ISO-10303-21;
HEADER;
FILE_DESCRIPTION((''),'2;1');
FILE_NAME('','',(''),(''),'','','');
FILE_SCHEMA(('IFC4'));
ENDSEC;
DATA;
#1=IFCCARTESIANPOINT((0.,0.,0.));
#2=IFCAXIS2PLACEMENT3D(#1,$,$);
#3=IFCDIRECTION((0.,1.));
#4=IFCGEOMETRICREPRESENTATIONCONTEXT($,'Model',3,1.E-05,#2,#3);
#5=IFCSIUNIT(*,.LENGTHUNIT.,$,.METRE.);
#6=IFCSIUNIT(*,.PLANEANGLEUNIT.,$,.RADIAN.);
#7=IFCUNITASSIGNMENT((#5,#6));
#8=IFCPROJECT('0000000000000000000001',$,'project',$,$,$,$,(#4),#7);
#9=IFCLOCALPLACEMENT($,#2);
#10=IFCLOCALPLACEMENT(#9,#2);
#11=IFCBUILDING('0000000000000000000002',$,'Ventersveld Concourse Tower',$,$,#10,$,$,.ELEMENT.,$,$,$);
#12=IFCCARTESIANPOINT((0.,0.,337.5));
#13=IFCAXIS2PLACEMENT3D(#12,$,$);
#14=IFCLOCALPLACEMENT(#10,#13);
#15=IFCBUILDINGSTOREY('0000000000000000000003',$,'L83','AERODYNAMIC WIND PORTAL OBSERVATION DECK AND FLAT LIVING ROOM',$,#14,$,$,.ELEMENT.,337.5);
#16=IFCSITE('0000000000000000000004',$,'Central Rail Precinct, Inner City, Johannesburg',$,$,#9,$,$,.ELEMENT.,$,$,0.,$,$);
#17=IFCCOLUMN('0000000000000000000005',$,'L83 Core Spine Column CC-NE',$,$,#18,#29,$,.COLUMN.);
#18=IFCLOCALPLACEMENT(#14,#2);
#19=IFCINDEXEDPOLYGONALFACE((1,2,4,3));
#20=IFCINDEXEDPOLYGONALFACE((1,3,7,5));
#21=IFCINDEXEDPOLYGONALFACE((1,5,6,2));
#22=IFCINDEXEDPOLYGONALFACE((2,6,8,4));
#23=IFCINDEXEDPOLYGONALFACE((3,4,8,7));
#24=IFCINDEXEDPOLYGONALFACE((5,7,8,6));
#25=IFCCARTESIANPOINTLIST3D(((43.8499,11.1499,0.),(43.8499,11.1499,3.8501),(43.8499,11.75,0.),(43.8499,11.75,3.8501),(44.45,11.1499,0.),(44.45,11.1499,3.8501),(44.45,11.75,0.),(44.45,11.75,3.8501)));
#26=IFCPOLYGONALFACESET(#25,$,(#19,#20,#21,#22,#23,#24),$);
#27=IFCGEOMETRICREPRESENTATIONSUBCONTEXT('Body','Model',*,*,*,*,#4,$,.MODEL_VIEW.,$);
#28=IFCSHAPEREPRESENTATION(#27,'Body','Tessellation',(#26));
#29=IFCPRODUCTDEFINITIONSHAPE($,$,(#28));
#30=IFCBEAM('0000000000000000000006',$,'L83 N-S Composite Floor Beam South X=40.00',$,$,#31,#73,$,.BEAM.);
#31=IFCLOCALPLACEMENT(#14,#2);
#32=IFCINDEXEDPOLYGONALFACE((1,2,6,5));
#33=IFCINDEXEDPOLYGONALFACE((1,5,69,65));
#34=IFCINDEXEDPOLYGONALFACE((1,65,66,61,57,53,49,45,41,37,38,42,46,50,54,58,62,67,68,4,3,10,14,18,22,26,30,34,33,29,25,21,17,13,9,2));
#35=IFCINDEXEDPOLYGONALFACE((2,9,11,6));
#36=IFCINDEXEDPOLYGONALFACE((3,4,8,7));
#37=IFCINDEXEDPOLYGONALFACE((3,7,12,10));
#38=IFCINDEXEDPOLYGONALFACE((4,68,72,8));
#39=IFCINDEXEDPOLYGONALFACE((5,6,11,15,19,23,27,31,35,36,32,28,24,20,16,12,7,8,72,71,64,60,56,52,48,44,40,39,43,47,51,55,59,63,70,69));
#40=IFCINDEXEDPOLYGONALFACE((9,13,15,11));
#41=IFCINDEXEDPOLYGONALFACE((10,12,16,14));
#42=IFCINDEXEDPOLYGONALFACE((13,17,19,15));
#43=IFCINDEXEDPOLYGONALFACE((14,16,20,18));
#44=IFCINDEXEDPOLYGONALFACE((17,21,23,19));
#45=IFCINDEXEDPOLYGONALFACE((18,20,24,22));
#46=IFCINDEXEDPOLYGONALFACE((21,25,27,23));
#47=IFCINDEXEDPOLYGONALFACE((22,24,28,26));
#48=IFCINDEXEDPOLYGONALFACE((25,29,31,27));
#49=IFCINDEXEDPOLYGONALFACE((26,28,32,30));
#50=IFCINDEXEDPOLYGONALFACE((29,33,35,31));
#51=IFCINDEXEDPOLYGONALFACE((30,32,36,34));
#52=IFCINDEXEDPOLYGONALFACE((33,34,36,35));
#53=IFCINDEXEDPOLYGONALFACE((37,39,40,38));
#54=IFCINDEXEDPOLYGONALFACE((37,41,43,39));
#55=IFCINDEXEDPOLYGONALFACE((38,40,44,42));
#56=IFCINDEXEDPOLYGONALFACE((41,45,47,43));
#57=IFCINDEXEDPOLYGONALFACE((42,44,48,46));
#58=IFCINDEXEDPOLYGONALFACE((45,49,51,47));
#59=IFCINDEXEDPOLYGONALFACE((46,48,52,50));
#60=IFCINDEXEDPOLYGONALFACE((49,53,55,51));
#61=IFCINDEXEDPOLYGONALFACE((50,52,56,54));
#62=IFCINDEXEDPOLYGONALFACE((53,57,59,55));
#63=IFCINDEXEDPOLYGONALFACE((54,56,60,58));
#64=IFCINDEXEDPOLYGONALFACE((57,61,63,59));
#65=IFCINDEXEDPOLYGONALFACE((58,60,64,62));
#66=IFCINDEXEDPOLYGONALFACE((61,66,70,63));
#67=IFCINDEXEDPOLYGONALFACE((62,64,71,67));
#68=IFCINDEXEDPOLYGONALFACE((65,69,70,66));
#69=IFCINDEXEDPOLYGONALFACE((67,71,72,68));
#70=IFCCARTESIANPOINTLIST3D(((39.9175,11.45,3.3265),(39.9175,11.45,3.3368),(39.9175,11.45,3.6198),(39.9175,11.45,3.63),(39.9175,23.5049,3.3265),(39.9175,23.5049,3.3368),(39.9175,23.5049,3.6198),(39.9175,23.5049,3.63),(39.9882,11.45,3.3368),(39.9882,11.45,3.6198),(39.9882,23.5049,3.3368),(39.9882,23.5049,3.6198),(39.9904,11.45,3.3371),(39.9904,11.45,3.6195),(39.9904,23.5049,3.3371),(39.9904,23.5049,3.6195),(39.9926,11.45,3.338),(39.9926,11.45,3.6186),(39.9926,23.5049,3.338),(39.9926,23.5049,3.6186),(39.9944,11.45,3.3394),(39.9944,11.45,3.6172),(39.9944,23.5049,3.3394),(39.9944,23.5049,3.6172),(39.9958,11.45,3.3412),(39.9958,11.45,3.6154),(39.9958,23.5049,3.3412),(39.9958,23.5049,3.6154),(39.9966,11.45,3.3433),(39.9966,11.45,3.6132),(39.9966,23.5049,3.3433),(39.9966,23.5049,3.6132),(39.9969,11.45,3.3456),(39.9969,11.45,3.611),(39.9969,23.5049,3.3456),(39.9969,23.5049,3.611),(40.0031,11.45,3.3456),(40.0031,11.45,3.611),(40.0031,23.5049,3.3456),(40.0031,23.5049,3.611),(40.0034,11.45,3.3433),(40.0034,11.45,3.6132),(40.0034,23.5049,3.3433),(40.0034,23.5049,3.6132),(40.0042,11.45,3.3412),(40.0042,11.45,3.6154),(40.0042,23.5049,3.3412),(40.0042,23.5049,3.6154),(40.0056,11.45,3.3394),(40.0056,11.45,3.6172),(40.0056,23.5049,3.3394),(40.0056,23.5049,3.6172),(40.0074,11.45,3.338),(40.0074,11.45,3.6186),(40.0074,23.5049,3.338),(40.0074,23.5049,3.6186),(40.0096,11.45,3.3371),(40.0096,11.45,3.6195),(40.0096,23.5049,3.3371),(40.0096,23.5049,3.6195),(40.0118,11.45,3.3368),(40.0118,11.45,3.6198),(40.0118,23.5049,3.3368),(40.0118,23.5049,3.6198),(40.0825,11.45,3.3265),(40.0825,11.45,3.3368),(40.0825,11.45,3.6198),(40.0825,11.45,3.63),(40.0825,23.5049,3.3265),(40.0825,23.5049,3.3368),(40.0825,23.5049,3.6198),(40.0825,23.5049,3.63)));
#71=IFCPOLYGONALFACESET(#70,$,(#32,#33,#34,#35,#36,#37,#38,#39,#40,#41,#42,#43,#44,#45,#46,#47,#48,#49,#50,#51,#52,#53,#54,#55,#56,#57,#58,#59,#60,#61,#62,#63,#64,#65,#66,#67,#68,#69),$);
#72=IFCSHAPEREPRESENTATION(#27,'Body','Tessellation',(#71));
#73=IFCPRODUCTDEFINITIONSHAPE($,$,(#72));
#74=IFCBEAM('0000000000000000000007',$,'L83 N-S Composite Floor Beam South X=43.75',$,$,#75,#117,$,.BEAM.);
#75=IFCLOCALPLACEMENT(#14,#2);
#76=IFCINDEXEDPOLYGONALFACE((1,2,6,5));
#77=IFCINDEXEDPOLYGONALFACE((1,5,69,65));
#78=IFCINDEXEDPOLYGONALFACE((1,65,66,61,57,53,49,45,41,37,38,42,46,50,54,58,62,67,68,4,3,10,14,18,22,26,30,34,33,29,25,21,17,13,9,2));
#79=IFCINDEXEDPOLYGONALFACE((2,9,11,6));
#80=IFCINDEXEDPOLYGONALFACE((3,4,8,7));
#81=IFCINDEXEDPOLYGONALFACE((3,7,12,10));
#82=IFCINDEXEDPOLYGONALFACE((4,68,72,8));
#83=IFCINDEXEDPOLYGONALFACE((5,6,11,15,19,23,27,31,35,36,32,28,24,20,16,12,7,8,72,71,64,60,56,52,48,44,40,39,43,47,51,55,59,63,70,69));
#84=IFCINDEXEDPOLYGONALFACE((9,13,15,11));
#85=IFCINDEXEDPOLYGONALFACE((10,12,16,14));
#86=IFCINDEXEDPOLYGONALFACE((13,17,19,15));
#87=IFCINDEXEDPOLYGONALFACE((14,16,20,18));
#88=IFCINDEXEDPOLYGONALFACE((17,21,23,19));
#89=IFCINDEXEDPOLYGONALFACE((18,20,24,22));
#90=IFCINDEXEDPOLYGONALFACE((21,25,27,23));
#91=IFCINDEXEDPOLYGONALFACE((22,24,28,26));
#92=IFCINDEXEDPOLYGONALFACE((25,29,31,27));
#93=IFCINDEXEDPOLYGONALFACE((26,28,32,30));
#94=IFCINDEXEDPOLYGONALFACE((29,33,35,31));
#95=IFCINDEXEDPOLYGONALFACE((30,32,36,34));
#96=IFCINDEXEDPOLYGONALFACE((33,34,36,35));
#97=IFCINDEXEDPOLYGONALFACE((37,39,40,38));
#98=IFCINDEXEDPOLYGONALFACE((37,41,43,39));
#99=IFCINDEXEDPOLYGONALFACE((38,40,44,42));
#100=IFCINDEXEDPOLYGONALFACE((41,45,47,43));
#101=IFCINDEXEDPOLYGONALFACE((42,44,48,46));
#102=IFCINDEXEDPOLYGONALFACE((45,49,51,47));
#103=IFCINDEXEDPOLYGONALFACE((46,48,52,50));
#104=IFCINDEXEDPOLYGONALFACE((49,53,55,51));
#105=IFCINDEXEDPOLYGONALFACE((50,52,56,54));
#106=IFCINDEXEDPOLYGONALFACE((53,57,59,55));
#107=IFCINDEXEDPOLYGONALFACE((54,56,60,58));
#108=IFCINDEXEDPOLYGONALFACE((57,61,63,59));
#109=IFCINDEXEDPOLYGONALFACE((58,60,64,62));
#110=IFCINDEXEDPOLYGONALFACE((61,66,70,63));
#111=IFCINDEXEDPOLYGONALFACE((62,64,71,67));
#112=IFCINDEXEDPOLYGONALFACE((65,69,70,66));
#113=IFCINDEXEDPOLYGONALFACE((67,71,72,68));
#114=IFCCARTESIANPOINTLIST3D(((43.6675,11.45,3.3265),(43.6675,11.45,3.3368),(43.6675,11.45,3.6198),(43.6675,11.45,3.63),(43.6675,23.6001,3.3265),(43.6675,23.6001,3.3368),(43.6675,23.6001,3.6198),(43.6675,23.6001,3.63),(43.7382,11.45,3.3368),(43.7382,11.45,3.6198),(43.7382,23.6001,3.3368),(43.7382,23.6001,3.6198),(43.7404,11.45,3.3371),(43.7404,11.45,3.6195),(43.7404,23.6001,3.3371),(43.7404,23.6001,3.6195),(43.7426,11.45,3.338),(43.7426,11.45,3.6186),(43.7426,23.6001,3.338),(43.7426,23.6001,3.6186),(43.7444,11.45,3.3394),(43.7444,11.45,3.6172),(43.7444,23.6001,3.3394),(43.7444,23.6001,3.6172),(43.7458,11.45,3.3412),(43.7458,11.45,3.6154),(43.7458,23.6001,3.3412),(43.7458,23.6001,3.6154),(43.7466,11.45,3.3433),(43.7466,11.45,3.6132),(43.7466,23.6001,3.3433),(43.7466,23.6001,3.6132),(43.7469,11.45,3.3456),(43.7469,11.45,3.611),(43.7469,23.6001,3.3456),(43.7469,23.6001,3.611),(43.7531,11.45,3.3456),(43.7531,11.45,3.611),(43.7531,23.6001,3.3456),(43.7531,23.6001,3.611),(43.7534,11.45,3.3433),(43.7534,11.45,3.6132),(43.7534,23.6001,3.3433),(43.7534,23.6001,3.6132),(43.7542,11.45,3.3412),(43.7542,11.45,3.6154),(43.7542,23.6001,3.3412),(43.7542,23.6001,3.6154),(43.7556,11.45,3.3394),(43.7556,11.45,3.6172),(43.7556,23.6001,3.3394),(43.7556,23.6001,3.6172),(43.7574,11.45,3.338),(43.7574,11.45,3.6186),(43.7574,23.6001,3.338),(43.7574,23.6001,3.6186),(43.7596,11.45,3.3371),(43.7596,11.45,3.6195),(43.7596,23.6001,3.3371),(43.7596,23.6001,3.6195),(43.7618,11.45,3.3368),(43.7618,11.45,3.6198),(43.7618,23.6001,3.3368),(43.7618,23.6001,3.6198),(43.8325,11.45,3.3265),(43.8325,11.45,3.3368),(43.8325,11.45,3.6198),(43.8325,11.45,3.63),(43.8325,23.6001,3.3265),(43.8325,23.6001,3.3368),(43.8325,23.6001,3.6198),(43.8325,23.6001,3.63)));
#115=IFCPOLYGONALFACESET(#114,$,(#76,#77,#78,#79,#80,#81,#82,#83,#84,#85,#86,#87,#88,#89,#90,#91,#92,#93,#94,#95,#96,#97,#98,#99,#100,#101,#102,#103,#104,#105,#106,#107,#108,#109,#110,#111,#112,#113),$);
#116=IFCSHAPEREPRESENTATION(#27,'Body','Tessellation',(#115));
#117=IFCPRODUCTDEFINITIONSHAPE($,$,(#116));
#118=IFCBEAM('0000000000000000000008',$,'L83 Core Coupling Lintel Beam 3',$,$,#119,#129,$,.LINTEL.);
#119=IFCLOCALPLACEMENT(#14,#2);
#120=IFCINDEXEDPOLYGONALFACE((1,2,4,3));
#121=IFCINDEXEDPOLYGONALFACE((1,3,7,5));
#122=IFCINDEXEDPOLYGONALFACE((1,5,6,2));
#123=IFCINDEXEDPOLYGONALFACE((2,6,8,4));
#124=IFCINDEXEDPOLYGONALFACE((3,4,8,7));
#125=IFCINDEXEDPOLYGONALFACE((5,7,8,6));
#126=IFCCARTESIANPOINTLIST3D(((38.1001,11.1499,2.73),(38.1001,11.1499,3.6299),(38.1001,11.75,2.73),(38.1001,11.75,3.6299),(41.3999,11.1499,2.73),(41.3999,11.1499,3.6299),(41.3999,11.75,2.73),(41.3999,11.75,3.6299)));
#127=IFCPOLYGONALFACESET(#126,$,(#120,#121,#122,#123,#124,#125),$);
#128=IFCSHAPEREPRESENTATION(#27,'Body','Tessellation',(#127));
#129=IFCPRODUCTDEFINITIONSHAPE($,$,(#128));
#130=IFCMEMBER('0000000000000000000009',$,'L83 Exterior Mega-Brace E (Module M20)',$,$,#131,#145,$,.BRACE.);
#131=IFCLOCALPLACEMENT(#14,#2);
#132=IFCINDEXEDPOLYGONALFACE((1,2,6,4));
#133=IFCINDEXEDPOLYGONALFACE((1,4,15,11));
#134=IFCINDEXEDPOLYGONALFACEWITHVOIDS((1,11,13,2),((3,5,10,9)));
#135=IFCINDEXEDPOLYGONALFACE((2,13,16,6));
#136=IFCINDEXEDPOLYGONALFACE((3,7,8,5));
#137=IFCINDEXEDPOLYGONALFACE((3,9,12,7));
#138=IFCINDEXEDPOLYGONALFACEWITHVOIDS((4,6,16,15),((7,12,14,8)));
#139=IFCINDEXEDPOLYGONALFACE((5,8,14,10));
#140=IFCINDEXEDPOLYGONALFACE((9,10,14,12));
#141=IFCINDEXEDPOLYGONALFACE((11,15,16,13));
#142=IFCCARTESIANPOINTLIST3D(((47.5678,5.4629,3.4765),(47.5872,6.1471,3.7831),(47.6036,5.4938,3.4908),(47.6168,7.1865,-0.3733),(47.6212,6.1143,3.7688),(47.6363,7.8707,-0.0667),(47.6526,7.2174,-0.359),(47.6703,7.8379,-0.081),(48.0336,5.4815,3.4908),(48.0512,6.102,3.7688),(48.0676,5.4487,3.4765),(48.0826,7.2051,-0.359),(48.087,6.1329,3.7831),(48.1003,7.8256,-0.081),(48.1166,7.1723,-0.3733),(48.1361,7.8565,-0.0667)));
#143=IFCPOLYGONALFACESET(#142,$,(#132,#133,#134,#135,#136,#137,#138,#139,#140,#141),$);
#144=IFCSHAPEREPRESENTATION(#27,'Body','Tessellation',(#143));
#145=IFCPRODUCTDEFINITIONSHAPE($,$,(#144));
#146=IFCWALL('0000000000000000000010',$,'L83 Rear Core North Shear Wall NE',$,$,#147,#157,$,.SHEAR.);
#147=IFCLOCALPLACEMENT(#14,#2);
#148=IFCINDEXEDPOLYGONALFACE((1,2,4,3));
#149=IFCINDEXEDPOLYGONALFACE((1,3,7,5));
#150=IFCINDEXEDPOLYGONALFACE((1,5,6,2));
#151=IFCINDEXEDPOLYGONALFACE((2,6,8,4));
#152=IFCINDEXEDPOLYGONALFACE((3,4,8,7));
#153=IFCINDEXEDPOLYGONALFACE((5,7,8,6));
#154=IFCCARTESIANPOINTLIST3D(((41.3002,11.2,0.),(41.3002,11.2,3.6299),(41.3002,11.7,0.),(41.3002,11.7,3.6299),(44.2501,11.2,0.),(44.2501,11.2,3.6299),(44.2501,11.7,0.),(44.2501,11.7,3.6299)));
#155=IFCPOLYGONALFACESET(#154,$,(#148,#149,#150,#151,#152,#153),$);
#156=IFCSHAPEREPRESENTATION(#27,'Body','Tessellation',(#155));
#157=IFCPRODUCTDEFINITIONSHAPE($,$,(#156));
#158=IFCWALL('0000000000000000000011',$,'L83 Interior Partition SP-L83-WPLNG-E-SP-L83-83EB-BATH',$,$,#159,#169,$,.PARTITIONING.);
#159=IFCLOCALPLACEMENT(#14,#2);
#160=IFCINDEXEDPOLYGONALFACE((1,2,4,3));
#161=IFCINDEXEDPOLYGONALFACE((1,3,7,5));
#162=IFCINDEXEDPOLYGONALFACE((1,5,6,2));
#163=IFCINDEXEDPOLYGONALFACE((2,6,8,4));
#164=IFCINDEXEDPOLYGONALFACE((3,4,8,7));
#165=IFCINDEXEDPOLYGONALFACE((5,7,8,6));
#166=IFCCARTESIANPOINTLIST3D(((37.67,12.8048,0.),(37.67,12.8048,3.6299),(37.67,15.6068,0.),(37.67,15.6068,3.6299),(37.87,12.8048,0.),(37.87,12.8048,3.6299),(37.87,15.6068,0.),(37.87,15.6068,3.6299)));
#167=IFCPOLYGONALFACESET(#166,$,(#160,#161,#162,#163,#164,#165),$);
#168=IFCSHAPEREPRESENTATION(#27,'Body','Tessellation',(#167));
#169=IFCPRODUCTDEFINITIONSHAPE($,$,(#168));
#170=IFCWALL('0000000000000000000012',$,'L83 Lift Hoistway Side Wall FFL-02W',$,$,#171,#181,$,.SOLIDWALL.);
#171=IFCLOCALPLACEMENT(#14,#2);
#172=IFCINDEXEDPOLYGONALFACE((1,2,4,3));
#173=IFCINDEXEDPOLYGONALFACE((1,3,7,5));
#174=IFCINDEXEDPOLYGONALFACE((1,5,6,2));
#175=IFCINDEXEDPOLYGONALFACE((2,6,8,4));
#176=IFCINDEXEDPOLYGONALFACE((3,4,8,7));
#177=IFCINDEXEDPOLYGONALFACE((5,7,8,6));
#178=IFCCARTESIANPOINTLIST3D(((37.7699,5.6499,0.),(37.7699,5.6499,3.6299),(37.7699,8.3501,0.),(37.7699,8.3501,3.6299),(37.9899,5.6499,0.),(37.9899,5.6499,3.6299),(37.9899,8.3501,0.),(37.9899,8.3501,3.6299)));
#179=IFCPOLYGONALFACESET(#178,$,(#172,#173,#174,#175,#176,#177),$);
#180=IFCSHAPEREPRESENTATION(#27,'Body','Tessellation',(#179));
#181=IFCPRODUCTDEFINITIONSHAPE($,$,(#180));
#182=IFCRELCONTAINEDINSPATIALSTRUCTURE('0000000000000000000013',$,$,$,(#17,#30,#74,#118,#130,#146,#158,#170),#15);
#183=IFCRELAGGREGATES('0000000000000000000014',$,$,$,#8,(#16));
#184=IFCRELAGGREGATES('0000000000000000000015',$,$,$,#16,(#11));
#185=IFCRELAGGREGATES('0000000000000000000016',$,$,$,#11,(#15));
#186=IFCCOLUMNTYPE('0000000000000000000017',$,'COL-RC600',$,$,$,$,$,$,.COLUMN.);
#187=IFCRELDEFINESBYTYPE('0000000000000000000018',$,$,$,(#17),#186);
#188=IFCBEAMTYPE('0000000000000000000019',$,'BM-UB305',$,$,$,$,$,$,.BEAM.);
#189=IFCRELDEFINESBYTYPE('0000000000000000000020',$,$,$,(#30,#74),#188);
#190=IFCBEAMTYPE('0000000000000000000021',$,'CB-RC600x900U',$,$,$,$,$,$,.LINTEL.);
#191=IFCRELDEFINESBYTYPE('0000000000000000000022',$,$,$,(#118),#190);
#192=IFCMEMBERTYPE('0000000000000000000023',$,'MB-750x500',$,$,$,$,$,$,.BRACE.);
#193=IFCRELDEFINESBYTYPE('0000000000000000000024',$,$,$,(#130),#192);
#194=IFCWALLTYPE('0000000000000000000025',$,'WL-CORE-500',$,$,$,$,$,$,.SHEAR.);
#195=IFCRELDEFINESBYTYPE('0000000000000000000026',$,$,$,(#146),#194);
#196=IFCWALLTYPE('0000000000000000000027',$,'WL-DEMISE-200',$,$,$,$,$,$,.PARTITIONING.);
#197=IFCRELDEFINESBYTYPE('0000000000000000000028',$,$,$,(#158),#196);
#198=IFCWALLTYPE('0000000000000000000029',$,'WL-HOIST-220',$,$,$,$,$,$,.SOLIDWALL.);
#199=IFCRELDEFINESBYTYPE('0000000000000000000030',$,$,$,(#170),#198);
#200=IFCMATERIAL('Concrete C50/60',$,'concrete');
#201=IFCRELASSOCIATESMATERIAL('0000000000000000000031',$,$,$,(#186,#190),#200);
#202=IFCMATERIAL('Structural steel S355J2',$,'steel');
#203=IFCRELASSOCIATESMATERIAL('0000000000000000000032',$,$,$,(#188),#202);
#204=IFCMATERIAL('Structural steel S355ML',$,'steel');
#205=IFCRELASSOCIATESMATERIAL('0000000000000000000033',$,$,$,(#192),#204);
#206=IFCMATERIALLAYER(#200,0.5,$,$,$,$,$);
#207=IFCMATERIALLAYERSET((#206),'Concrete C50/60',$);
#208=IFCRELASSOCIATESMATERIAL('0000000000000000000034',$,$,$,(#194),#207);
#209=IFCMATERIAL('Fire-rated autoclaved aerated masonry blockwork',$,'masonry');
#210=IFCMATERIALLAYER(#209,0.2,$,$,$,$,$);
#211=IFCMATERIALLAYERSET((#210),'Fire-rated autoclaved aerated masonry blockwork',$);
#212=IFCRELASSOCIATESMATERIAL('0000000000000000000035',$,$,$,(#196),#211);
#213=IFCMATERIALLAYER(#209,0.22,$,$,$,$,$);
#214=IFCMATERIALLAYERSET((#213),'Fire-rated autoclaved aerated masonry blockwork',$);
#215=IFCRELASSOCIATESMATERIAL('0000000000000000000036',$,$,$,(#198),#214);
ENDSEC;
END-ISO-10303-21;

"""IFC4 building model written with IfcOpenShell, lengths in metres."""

from ifc_helpers import new_model, si_unit, direction, frame, frame_2d, origin, origin_2d, place, context, subcontext, project, spatial, rectangle, hollow_rectangle, i_section, extrude, material, layer, layer_set, material_profile, profile_set, type_object, element, save


model = new_model("IFC4")

# Units and contexts
model_context = context("Model", 3, precision=1e-05, world=origin(), true_north=direction((0.0, 1.0)))
body_context = subcontext(model_context, "Body", "Model", "MODEL_VIEW")
ifc_project = project(units=[si_unit("LENGTHUNIT", "METRE"), si_unit("PLANEANGLEUNIT", "RADIAN")], contexts=[model_context])

# Site, building, storey
site_placement = place(None, origin())
site = spatial("IfcSite", under=ifc_project, at=site_placement, Name="Central Rail Precinct, Inner City, Johannesburg", CompositionType="ELEMENT", RefElevation=0.0)
building_placement = place(site_placement, origin())
building = spatial("IfcBuilding", under=site, at=building_placement, Name="Ventersveld Concourse Tower", CompositionType="ELEMENT")
storey_placement = place(building_placement, frame((0.0, 0.0, 337.5)))
storey = spatial("IfcBuildingStorey", under=building, at=storey_placement, Name="L83", Description="AERODYNAMIC WIND PORTAL OBSERVATION DECK AND FLAT LIVING ROOM", CompositionType="ELEMENT", Elevation=337.5)

# Column
ifc_material_1 = material(Name="Concrete C50/60", Category="concrete")
ifc_material_profile_1 = material_profile(ifc_material_1, rectangle(XDim=0.6001, YDim=0.6001, at=origin_2d()), Name="RC 600x600")
ifc_profile_set_1 = profile_set([ifc_material_profile_1], Name="Concrete C50/60")
column_type = type_object("IfcColumnType", Name="COL-RC600", PredefinedType="COLUMN", material=ifc_profile_set_1)
column_placement = place(storey_placement, frame((44.1499, 11.45, 0.0), z_axis=(0.0, 0.0, 1.0), x_axis=(1.0, 0.0, 0.0)))
element("IfcColumn", 1, at=column_placement, inside=storey, type_object=column_type, Name="L83 Core Spine Column CC-NE", PredefinedType="COLUMN", context=body_context, shape_type="SweptSolid", body=[
    extrude(rectangle(XDim=0.6001, YDim=0.6001, at=origin_2d()), origin(), (0.0, 0.0, 1.0), 3.8501),
])

# Beams
ifc_material_2 = material(Name="Structural steel S355J2", Category="steel")
ifc_material_profile_2 = material_profile(ifc_material_2, i_section(OverallWidth=0.165, OverallDepth=0.3035, WebThickness=0.0061, FlangeThickness=0.0103, FilletRadius=0.0088, at=origin_2d()), Name="UB 305x165x40")
ifc_profile_set_2 = profile_set([ifc_material_profile_2], Name="Structural steel S355J2")
beam_type_1 = type_object("IfcBeamType", Name="BM-UB305", PredefinedType="BEAM", material=ifc_profile_set_2)
beam_1_placement = place(storey_placement, frame((40.0, 11.45, 3.4783), z_axis=(0.0, 1.0, 0.0), x_axis=(-1.0, 0.0, 0.0)))
element("IfcBeam", 2, at=beam_1_placement, inside=storey, type_object=beam_type_1, Name="L83 N-S Composite Floor Beam South X=40.00", PredefinedType="BEAM", context=body_context, shape_type="SweptSolid", body=[
    extrude(i_section(OverallWidth=0.165, OverallDepth=0.3035, WebThickness=0.0061, FlangeThickness=0.0103, FilletRadius=0.0088, at=origin_2d()), origin(), (0.0, 0.0, 1.0), 12.0549),
])
beam_2_placement = place(storey_placement, frame((43.75, 11.45, 3.4783), z_axis=(0.0, 1.0, 0.0), x_axis=(-1.0, 0.0, 0.0)))
element("IfcBeam", 3, at=beam_2_placement, inside=storey, type_object=beam_type_1, Name="L83 N-S Composite Floor Beam South X=43.75", PredefinedType="BEAM", context=body_context, shape_type="SweptSolid", body=[
    extrude(i_section(OverallWidth=0.165, OverallDepth=0.3035, WebThickness=0.0061, FlangeThickness=0.0103, FilletRadius=0.0088, at=origin_2d()), origin(), (0.0, 0.0, 1.0), 12.1501),
])
ifc_material_profile_3 = material_profile(ifc_material_1, rectangle(XDim=0.6001, YDim=0.8999, at=origin_2d()), Name="RC 600x900")
ifc_profile_set_3 = profile_set([ifc_material_profile_3], Name="Concrete C50/60")
beam_type_2 = type_object("IfcBeamType", Name="CB-RC600x900U", PredefinedType="LINTEL", material=ifc_profile_set_3)
beam_3_placement = place(storey_placement, frame((38.1001, 11.45, 3.1799), z_axis=(1.0, 0.0, 0.0), x_axis=(0.0, 1.0, 0.0)))
element("IfcBeam", 4, at=beam_3_placement, inside=storey, type_object=beam_type_2, Name="L83 Core Coupling Lintel Beam 3", PredefinedType="LINTEL", context=body_context, shape_type="SweptSolid", body=[
    extrude(rectangle(XDim=0.6001, YDim=0.8999, at=origin_2d()), origin(), (0.0, 0.0, 1.0), 3.2998),
])

# Member
ifc_material_3 = material(Name="Structural steel S355ML", Category="steel")
ifc_material_profile_4 = material_profile(ifc_material_3, hollow_rectangle(XDim=0.5, YDim=0.75, WallThickness=0.0349, at=origin_2d()), Name="BOX 750x500x35")
ifc_profile_set_4 = profile_set([ifc_material_profile_4], Name="Structural steel S355ML")
member_type = type_object("IfcMemberType", Name="MB-750x500", PredefinedType="BRACE", material=ifc_profile_set_4)
member_placement = place(storey_placement, frame((47.8765, 7.5215, -0.22), z_axis=(-0.011633, -0.408601, 0.912639), x_axis=(0.999595, -0.028459, 0.0)))
element("IfcMember", 5, at=member_placement, inside=storey, type_object=member_type, Name="L83 Exterior Mega-Brace E (Module M20)", PredefinedType="BRACE", context=body_context, shape_type="SweptSolid", body=[
    extrude(hollow_rectangle(XDim=0.5, YDim=0.75, WallThickness=0.0349, at=origin_2d()), origin(), (0.0, 0.0, 1.0), 4.2183),
])

# Wall
ifc_layer_1 = layer(ifc_material_1, 0.5)
ifc_layer_set_1 = layer_set([ifc_layer_1], Name="Concrete C50/60")
wall_type_1 = type_object("IfcWallType", Name="WL-CORE-500", PredefinedType="SHEAR", material=ifc_layer_set_1)
wall_1_placement = place(storey_placement, frame((41.3, 11.45, 0.0), z_axis=(0.0, 0.0, 1.0), x_axis=(1.0, 0.0, 0.0)))
element("IfcWall", 6, at=wall_1_placement, inside=storey, type_object=wall_type_1, Name="L83 Rear Core North Shear Wall NE", PredefinedType="SHEAR", context=body_context, shape_type="SweptSolid", body=[
    extrude(rectangle(XDim=2.95, YDim=0.5, at=frame_2d((1.4751, 0.0))), origin(), (0.0, 0.0, 1.0), 3.6299),
])

# Shared definitions
ifc_material_4 = material(Name="Fire-rated autoclaved aerated masonry blockwork", Category="masonry")

# Walls
ifc_layer_2 = layer(ifc_material_4, 0.2)
ifc_layer_set_2 = layer_set([ifc_layer_2], Name="Fire-rated autoclaved aerated masonry blockwork")
wall_type_2 = type_object("IfcWallType", Name="WL-DEMISE-200", PredefinedType="PARTITIONING", material=ifc_layer_set_2)
wall_2_placement = place(storey_placement, frame((37.77, 12.8049, 0.0), z_axis=(0.0, 0.0, 1.0), x_axis=(0.0, 1.0, 0.0)))
element("IfcWall", 7, at=wall_2_placement, inside=storey, type_object=wall_type_2, Name="L83 Interior Partition SP-L83-WPLNG-E-SP-L83-83EB-BATH", PredefinedType="PARTITIONING", context=body_context, shape_type="SweptSolid", body=[
    extrude(rectangle(XDim=2.802, YDim=0.2, at=frame_2d((1.4009, 0.0))), origin(), (0.0, 0.0, 1.0), 3.6299),
])
ifc_layer_3 = layer(ifc_material_4, 0.22)
ifc_layer_set_3 = layer_set([ifc_layer_3], Name="Fire-rated autoclaved aerated masonry blockwork")
wall_type_3 = type_object("IfcWallType", Name="WL-HOIST-220", PredefinedType="SOLIDWALL", material=ifc_layer_set_3)
wall_3_placement = place(storey_placement, frame((37.8799, 5.6499, 0.0), z_axis=(0.0, 0.0, 1.0), x_axis=(0.0, 1.0, 0.0)))
element("IfcWall", 8, at=wall_3_placement, inside=storey, type_object=wall_type_3, Name="L83 Lift Hoistway Side Wall FFL-02W", PredefinedType="SOLIDWALL", context=body_context, shape_type="SweptSolid", body=[
    extrude(rectangle(XDim=2.7002, YDim=0.22, at=frame_2d((1.3501, 0.0))), origin(), (0.0, 0.0, 1.0), 3.6299),
])

save(model, "model.ifc")
